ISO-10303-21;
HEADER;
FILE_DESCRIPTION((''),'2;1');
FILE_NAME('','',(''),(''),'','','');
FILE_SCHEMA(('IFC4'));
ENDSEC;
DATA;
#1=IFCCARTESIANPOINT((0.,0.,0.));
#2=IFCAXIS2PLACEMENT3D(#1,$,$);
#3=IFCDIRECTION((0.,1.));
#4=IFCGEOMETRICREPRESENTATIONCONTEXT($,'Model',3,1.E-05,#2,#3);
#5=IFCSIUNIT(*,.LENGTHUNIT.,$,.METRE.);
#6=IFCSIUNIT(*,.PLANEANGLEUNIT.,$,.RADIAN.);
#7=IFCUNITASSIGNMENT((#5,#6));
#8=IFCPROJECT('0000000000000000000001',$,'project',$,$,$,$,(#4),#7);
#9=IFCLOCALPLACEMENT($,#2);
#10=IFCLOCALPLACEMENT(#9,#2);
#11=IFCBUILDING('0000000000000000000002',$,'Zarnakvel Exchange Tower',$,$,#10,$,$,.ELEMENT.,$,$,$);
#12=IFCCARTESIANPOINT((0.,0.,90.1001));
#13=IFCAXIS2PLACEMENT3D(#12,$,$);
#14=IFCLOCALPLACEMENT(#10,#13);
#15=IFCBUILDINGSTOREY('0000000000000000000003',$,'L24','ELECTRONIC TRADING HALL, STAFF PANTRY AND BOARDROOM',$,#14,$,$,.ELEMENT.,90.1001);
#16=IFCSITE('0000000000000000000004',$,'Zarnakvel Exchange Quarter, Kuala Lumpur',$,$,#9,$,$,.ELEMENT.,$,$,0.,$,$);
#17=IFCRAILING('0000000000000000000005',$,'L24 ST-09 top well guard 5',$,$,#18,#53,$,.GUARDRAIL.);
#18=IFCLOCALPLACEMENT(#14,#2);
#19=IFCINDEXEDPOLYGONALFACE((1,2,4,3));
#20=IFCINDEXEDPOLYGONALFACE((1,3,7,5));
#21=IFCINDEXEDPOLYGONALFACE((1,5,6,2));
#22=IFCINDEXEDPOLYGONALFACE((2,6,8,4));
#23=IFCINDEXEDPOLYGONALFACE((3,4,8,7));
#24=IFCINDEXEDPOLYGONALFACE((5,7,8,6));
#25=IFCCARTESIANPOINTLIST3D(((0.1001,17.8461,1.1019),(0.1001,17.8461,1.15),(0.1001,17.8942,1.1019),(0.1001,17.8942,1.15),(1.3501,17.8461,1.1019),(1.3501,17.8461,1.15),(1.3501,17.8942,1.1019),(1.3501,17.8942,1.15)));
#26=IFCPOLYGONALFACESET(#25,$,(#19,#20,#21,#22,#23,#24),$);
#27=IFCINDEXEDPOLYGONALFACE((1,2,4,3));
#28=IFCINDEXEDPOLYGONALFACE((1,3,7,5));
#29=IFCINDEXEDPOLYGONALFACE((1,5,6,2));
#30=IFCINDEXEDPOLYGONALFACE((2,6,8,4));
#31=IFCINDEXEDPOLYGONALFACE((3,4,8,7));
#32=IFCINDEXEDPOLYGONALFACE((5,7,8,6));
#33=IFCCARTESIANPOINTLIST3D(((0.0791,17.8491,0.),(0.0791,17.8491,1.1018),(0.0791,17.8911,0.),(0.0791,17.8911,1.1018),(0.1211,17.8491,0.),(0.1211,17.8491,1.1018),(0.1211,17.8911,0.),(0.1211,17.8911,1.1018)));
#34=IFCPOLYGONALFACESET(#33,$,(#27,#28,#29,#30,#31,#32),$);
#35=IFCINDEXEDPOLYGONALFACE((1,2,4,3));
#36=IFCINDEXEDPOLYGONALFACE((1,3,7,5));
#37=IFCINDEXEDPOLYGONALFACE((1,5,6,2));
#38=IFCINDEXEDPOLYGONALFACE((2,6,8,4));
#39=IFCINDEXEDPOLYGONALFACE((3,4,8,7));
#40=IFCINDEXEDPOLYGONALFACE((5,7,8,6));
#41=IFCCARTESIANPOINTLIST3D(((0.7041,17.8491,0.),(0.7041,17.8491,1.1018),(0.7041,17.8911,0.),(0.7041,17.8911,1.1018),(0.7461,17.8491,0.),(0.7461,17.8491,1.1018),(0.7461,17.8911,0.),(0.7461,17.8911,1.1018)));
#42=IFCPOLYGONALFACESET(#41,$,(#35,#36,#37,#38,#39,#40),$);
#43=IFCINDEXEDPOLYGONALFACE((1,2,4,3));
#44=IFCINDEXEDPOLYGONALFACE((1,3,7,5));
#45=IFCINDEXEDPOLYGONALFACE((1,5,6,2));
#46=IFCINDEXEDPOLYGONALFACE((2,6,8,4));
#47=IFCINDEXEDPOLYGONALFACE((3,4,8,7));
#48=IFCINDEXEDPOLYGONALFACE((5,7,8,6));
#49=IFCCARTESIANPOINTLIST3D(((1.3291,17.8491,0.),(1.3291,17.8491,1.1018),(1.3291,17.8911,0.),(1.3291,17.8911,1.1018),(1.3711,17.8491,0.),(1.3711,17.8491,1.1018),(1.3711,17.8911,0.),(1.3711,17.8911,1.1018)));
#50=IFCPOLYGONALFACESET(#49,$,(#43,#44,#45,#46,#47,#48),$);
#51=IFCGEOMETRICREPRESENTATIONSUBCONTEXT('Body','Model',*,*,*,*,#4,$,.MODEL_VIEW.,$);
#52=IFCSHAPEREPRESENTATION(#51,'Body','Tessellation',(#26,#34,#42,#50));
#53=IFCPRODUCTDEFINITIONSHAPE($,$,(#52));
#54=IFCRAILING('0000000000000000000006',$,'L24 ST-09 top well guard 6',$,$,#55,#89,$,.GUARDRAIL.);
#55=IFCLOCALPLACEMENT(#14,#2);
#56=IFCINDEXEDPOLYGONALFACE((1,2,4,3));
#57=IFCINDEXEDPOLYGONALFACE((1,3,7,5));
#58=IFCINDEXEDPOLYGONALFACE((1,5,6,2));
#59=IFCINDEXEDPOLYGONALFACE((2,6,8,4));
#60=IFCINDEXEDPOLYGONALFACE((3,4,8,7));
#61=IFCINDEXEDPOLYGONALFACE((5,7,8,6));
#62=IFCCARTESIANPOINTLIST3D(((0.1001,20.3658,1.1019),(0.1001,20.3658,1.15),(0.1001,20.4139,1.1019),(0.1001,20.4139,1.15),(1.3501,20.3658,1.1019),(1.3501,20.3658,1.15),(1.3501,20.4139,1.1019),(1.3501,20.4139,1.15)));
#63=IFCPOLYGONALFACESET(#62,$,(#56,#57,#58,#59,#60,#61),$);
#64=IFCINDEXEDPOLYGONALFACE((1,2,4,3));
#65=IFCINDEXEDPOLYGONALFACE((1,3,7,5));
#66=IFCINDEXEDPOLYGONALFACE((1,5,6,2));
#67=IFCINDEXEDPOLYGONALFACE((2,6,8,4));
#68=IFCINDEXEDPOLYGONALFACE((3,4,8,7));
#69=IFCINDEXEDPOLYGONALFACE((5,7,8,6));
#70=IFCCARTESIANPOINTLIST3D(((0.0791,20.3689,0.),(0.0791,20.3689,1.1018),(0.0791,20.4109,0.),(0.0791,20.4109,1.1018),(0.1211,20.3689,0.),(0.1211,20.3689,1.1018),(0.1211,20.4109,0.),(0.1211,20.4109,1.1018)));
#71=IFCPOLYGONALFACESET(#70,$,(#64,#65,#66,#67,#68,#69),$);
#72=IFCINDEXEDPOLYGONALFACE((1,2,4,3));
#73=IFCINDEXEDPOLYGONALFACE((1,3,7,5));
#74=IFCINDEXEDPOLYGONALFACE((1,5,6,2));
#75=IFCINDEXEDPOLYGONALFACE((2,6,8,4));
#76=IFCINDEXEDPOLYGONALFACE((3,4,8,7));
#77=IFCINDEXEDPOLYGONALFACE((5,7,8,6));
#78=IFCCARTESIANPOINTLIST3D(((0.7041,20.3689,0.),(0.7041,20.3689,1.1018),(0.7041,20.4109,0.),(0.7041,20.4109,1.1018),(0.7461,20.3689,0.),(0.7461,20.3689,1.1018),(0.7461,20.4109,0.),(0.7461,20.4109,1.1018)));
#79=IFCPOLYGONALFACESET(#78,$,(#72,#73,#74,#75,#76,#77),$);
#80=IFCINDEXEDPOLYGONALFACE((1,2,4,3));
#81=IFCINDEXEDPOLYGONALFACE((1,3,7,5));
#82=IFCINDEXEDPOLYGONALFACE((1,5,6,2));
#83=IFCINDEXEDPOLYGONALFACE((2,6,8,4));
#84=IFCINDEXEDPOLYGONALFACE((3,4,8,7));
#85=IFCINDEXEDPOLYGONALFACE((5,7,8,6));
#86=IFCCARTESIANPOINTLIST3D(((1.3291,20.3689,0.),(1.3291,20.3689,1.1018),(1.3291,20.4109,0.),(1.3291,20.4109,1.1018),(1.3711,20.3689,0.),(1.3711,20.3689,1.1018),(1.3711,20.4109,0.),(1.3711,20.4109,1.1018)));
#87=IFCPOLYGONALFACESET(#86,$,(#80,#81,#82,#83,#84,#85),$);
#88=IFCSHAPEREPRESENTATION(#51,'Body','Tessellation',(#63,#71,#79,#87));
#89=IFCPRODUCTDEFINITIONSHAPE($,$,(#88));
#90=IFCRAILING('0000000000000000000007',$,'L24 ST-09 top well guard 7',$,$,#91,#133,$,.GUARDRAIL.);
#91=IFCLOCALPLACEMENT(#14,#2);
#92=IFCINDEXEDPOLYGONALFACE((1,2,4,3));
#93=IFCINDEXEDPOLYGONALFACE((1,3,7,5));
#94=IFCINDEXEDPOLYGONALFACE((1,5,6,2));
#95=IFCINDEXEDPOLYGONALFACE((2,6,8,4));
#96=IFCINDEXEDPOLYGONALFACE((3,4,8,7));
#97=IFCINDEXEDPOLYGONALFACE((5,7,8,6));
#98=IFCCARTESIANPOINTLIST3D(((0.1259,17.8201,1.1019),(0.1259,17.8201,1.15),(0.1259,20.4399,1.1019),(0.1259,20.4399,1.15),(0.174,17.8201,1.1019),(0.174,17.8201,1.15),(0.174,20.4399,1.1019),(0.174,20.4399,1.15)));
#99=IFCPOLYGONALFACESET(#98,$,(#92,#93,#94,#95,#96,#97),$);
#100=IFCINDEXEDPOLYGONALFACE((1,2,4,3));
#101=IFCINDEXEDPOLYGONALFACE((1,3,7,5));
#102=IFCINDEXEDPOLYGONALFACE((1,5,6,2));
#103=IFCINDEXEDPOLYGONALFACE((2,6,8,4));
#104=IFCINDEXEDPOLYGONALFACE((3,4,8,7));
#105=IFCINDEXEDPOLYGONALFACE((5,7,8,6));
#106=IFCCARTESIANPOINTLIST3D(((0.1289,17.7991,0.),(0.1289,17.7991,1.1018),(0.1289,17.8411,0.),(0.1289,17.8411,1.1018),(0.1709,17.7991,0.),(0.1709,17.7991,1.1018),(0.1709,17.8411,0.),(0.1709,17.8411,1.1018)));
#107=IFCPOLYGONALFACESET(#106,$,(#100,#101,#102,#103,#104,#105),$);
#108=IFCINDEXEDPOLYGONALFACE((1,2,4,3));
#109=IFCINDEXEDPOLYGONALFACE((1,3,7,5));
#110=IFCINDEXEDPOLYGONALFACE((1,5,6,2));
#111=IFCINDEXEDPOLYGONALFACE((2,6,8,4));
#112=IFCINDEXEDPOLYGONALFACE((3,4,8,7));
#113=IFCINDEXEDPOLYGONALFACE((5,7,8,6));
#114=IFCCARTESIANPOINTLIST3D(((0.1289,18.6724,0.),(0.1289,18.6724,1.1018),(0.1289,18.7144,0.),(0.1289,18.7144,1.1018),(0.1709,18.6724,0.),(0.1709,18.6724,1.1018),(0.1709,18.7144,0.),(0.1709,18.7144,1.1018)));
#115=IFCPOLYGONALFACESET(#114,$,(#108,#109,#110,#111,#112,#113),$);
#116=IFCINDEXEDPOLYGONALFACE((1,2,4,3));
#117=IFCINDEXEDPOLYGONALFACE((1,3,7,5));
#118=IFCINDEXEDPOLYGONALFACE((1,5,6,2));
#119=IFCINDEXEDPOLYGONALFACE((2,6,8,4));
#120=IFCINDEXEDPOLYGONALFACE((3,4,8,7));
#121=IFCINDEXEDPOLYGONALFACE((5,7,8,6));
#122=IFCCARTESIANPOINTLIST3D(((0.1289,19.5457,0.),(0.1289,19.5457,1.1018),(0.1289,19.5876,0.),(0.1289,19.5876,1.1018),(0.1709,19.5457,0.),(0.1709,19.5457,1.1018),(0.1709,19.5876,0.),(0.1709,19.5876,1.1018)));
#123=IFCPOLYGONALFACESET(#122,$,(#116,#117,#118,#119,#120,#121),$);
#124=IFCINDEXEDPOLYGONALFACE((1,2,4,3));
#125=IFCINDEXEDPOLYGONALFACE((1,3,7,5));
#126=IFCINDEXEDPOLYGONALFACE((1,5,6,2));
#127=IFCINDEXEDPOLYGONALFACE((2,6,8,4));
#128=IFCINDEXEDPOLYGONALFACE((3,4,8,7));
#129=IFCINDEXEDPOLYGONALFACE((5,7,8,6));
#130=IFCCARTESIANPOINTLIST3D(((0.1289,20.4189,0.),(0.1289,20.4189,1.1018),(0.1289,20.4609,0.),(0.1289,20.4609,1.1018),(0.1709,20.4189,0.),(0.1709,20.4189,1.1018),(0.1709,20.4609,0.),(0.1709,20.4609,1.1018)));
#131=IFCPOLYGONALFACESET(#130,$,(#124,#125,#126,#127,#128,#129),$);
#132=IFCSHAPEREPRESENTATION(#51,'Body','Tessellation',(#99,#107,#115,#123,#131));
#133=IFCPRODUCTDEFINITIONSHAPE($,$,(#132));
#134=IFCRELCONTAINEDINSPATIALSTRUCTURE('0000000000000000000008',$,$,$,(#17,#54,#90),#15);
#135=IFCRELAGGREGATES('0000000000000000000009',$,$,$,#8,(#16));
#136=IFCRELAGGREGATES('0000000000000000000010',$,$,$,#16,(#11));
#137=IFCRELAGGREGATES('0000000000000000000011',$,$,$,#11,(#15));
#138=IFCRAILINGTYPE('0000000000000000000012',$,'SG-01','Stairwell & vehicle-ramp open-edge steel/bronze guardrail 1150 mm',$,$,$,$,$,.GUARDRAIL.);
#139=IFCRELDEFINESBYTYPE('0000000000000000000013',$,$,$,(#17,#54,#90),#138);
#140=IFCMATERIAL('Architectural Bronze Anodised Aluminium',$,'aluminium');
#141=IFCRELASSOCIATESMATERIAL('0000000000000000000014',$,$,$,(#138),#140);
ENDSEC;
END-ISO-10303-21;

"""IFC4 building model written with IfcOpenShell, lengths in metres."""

from ifc_helpers import new_model, si_unit, direction, frame, origin, origin_2d, place, context, subcontext, project, spatial, rectangle, extrude, material, type_object, element, save


model = new_model("IFC4")

# Units and contexts
model_context = context("Model", 3, precision=1e-05, world=origin(), true_north=direction((0.0, 1.0)))
body_context = subcontext(model_context, "Body", "Model", "MODEL_VIEW")
ifc_project = project(units=[si_unit("LENGTHUNIT", "METRE"), si_unit("PLANEANGLEUNIT", "RADIAN")], contexts=[model_context])

# Site, building, storey
site_placement = place(None, origin())
site = spatial("IfcSite", under=ifc_project, at=site_placement, Name="Zarnakvel Exchange Quarter, Kuala Lumpur", CompositionType="ELEMENT", RefElevation=0.0)
building_placement = place(site_placement, origin())
building = spatial("IfcBuilding", under=site, at=building_placement, Name="Zarnakvel Exchange Tower", CompositionType="ELEMENT")
storey_placement = place(building_placement, frame((0.0, 0.0, 90.1001)))
storey = spatial("IfcBuildingStorey", under=building, at=storey_placement, Name="L24", Description="ELECTRONIC TRADING HALL, STAFF PANTRY AND BOARDROOM", CompositionType="ELEMENT", Elevation=90.1001)

# Railings
ifc_material_1 = material(Name="Architectural Bronze Anodised Aluminium", Category="aluminium")
railing_type_1 = type_object("IfcRailingType", Name="SG-01", Description="Stairwell & vehicle-ramp open-edge steel/bronze guardrail 1150 mm", PredefinedType="GUARDRAIL", material=ifc_material_1)
for number, where, name in (
    (1, (0.1001, 17.8701, 0.0), "L24 ST-09 top well guard 5"),
    (2, (0.1001, 20.3899, 0.0), "L24 ST-09 top well guard 6"),
):
    element("IfcRailing", number, at=place(storey_placement, frame(where)), inside=storey, type_object=railing_type_1, Name=name, PredefinedType="GUARDRAIL", context=body_context, shape_type="SweptSolid", body=[
        extrude(rectangle(XDim=0.0481, YDim=0.0481, at=origin_2d()), frame((0.0, 0.0, 1.126), z_axis=(1.0, 0.0, 0.0), x_axis=(0.0, 1.0, 0.0)), (0.0, 0.0, 1.0), 1.25),
        extrude(rectangle(XDim=0.042, YDim=0.042, at=origin_2d()), origin(), (0.0, 0.0, 1.0), 1.1018),
        extrude(rectangle(XDim=0.042, YDim=0.042, at=origin_2d()), frame((0.625, 0.0, 0.0)), (0.0, 0.0, 1.0), 1.1018),
        extrude(rectangle(XDim=0.042, YDim=0.042, at=origin_2d()), frame((1.25, 0.0, 0.0)), (0.0, 0.0, 1.0), 1.1018),
    ])
railing_1_placement = place(storey_placement, frame((0.1499, 17.8201, 0.0)))
element("IfcRailing", 3, at=railing_1_placement, inside=storey, type_object=railing_type_1, Name="L24 ST-09 top well guard 7", PredefinedType="GUARDRAIL", context=body_context, shape_type="SweptSolid", body=[
    extrude(rectangle(XDim=0.0481, YDim=0.0481, at=origin_2d()), frame((0.0, 0.0, 1.126), z_axis=(0.0, 1.0, 0.0), x_axis=(-1.0, 0.0, 0.0)), (0.0, 0.0, 1.0), 2.6199),
    extrude(rectangle(XDim=0.042, YDim=0.042, at=origin_2d()), origin(), (0.0, 0.0, 1.0), 1.1018),
    extrude(rectangle(XDim=0.042, YDim=0.042, at=origin_2d()), frame((0.0, 0.8733, 0.0)), (0.0, 0.0, 1.0), 1.1018),
    extrude(rectangle(XDim=0.042, YDim=0.042, at=origin_2d()), frame((0.0, 1.7466, 0.0)), (0.0, 0.0, 1.0), 1.1018),
    extrude(rectangle(XDim=0.042, YDim=0.042, at=origin_2d()), frame((0.0, 2.6199, 0.0)), (0.0, 0.0, 1.0), 1.1018),
])

save(model, "model.ifc")
